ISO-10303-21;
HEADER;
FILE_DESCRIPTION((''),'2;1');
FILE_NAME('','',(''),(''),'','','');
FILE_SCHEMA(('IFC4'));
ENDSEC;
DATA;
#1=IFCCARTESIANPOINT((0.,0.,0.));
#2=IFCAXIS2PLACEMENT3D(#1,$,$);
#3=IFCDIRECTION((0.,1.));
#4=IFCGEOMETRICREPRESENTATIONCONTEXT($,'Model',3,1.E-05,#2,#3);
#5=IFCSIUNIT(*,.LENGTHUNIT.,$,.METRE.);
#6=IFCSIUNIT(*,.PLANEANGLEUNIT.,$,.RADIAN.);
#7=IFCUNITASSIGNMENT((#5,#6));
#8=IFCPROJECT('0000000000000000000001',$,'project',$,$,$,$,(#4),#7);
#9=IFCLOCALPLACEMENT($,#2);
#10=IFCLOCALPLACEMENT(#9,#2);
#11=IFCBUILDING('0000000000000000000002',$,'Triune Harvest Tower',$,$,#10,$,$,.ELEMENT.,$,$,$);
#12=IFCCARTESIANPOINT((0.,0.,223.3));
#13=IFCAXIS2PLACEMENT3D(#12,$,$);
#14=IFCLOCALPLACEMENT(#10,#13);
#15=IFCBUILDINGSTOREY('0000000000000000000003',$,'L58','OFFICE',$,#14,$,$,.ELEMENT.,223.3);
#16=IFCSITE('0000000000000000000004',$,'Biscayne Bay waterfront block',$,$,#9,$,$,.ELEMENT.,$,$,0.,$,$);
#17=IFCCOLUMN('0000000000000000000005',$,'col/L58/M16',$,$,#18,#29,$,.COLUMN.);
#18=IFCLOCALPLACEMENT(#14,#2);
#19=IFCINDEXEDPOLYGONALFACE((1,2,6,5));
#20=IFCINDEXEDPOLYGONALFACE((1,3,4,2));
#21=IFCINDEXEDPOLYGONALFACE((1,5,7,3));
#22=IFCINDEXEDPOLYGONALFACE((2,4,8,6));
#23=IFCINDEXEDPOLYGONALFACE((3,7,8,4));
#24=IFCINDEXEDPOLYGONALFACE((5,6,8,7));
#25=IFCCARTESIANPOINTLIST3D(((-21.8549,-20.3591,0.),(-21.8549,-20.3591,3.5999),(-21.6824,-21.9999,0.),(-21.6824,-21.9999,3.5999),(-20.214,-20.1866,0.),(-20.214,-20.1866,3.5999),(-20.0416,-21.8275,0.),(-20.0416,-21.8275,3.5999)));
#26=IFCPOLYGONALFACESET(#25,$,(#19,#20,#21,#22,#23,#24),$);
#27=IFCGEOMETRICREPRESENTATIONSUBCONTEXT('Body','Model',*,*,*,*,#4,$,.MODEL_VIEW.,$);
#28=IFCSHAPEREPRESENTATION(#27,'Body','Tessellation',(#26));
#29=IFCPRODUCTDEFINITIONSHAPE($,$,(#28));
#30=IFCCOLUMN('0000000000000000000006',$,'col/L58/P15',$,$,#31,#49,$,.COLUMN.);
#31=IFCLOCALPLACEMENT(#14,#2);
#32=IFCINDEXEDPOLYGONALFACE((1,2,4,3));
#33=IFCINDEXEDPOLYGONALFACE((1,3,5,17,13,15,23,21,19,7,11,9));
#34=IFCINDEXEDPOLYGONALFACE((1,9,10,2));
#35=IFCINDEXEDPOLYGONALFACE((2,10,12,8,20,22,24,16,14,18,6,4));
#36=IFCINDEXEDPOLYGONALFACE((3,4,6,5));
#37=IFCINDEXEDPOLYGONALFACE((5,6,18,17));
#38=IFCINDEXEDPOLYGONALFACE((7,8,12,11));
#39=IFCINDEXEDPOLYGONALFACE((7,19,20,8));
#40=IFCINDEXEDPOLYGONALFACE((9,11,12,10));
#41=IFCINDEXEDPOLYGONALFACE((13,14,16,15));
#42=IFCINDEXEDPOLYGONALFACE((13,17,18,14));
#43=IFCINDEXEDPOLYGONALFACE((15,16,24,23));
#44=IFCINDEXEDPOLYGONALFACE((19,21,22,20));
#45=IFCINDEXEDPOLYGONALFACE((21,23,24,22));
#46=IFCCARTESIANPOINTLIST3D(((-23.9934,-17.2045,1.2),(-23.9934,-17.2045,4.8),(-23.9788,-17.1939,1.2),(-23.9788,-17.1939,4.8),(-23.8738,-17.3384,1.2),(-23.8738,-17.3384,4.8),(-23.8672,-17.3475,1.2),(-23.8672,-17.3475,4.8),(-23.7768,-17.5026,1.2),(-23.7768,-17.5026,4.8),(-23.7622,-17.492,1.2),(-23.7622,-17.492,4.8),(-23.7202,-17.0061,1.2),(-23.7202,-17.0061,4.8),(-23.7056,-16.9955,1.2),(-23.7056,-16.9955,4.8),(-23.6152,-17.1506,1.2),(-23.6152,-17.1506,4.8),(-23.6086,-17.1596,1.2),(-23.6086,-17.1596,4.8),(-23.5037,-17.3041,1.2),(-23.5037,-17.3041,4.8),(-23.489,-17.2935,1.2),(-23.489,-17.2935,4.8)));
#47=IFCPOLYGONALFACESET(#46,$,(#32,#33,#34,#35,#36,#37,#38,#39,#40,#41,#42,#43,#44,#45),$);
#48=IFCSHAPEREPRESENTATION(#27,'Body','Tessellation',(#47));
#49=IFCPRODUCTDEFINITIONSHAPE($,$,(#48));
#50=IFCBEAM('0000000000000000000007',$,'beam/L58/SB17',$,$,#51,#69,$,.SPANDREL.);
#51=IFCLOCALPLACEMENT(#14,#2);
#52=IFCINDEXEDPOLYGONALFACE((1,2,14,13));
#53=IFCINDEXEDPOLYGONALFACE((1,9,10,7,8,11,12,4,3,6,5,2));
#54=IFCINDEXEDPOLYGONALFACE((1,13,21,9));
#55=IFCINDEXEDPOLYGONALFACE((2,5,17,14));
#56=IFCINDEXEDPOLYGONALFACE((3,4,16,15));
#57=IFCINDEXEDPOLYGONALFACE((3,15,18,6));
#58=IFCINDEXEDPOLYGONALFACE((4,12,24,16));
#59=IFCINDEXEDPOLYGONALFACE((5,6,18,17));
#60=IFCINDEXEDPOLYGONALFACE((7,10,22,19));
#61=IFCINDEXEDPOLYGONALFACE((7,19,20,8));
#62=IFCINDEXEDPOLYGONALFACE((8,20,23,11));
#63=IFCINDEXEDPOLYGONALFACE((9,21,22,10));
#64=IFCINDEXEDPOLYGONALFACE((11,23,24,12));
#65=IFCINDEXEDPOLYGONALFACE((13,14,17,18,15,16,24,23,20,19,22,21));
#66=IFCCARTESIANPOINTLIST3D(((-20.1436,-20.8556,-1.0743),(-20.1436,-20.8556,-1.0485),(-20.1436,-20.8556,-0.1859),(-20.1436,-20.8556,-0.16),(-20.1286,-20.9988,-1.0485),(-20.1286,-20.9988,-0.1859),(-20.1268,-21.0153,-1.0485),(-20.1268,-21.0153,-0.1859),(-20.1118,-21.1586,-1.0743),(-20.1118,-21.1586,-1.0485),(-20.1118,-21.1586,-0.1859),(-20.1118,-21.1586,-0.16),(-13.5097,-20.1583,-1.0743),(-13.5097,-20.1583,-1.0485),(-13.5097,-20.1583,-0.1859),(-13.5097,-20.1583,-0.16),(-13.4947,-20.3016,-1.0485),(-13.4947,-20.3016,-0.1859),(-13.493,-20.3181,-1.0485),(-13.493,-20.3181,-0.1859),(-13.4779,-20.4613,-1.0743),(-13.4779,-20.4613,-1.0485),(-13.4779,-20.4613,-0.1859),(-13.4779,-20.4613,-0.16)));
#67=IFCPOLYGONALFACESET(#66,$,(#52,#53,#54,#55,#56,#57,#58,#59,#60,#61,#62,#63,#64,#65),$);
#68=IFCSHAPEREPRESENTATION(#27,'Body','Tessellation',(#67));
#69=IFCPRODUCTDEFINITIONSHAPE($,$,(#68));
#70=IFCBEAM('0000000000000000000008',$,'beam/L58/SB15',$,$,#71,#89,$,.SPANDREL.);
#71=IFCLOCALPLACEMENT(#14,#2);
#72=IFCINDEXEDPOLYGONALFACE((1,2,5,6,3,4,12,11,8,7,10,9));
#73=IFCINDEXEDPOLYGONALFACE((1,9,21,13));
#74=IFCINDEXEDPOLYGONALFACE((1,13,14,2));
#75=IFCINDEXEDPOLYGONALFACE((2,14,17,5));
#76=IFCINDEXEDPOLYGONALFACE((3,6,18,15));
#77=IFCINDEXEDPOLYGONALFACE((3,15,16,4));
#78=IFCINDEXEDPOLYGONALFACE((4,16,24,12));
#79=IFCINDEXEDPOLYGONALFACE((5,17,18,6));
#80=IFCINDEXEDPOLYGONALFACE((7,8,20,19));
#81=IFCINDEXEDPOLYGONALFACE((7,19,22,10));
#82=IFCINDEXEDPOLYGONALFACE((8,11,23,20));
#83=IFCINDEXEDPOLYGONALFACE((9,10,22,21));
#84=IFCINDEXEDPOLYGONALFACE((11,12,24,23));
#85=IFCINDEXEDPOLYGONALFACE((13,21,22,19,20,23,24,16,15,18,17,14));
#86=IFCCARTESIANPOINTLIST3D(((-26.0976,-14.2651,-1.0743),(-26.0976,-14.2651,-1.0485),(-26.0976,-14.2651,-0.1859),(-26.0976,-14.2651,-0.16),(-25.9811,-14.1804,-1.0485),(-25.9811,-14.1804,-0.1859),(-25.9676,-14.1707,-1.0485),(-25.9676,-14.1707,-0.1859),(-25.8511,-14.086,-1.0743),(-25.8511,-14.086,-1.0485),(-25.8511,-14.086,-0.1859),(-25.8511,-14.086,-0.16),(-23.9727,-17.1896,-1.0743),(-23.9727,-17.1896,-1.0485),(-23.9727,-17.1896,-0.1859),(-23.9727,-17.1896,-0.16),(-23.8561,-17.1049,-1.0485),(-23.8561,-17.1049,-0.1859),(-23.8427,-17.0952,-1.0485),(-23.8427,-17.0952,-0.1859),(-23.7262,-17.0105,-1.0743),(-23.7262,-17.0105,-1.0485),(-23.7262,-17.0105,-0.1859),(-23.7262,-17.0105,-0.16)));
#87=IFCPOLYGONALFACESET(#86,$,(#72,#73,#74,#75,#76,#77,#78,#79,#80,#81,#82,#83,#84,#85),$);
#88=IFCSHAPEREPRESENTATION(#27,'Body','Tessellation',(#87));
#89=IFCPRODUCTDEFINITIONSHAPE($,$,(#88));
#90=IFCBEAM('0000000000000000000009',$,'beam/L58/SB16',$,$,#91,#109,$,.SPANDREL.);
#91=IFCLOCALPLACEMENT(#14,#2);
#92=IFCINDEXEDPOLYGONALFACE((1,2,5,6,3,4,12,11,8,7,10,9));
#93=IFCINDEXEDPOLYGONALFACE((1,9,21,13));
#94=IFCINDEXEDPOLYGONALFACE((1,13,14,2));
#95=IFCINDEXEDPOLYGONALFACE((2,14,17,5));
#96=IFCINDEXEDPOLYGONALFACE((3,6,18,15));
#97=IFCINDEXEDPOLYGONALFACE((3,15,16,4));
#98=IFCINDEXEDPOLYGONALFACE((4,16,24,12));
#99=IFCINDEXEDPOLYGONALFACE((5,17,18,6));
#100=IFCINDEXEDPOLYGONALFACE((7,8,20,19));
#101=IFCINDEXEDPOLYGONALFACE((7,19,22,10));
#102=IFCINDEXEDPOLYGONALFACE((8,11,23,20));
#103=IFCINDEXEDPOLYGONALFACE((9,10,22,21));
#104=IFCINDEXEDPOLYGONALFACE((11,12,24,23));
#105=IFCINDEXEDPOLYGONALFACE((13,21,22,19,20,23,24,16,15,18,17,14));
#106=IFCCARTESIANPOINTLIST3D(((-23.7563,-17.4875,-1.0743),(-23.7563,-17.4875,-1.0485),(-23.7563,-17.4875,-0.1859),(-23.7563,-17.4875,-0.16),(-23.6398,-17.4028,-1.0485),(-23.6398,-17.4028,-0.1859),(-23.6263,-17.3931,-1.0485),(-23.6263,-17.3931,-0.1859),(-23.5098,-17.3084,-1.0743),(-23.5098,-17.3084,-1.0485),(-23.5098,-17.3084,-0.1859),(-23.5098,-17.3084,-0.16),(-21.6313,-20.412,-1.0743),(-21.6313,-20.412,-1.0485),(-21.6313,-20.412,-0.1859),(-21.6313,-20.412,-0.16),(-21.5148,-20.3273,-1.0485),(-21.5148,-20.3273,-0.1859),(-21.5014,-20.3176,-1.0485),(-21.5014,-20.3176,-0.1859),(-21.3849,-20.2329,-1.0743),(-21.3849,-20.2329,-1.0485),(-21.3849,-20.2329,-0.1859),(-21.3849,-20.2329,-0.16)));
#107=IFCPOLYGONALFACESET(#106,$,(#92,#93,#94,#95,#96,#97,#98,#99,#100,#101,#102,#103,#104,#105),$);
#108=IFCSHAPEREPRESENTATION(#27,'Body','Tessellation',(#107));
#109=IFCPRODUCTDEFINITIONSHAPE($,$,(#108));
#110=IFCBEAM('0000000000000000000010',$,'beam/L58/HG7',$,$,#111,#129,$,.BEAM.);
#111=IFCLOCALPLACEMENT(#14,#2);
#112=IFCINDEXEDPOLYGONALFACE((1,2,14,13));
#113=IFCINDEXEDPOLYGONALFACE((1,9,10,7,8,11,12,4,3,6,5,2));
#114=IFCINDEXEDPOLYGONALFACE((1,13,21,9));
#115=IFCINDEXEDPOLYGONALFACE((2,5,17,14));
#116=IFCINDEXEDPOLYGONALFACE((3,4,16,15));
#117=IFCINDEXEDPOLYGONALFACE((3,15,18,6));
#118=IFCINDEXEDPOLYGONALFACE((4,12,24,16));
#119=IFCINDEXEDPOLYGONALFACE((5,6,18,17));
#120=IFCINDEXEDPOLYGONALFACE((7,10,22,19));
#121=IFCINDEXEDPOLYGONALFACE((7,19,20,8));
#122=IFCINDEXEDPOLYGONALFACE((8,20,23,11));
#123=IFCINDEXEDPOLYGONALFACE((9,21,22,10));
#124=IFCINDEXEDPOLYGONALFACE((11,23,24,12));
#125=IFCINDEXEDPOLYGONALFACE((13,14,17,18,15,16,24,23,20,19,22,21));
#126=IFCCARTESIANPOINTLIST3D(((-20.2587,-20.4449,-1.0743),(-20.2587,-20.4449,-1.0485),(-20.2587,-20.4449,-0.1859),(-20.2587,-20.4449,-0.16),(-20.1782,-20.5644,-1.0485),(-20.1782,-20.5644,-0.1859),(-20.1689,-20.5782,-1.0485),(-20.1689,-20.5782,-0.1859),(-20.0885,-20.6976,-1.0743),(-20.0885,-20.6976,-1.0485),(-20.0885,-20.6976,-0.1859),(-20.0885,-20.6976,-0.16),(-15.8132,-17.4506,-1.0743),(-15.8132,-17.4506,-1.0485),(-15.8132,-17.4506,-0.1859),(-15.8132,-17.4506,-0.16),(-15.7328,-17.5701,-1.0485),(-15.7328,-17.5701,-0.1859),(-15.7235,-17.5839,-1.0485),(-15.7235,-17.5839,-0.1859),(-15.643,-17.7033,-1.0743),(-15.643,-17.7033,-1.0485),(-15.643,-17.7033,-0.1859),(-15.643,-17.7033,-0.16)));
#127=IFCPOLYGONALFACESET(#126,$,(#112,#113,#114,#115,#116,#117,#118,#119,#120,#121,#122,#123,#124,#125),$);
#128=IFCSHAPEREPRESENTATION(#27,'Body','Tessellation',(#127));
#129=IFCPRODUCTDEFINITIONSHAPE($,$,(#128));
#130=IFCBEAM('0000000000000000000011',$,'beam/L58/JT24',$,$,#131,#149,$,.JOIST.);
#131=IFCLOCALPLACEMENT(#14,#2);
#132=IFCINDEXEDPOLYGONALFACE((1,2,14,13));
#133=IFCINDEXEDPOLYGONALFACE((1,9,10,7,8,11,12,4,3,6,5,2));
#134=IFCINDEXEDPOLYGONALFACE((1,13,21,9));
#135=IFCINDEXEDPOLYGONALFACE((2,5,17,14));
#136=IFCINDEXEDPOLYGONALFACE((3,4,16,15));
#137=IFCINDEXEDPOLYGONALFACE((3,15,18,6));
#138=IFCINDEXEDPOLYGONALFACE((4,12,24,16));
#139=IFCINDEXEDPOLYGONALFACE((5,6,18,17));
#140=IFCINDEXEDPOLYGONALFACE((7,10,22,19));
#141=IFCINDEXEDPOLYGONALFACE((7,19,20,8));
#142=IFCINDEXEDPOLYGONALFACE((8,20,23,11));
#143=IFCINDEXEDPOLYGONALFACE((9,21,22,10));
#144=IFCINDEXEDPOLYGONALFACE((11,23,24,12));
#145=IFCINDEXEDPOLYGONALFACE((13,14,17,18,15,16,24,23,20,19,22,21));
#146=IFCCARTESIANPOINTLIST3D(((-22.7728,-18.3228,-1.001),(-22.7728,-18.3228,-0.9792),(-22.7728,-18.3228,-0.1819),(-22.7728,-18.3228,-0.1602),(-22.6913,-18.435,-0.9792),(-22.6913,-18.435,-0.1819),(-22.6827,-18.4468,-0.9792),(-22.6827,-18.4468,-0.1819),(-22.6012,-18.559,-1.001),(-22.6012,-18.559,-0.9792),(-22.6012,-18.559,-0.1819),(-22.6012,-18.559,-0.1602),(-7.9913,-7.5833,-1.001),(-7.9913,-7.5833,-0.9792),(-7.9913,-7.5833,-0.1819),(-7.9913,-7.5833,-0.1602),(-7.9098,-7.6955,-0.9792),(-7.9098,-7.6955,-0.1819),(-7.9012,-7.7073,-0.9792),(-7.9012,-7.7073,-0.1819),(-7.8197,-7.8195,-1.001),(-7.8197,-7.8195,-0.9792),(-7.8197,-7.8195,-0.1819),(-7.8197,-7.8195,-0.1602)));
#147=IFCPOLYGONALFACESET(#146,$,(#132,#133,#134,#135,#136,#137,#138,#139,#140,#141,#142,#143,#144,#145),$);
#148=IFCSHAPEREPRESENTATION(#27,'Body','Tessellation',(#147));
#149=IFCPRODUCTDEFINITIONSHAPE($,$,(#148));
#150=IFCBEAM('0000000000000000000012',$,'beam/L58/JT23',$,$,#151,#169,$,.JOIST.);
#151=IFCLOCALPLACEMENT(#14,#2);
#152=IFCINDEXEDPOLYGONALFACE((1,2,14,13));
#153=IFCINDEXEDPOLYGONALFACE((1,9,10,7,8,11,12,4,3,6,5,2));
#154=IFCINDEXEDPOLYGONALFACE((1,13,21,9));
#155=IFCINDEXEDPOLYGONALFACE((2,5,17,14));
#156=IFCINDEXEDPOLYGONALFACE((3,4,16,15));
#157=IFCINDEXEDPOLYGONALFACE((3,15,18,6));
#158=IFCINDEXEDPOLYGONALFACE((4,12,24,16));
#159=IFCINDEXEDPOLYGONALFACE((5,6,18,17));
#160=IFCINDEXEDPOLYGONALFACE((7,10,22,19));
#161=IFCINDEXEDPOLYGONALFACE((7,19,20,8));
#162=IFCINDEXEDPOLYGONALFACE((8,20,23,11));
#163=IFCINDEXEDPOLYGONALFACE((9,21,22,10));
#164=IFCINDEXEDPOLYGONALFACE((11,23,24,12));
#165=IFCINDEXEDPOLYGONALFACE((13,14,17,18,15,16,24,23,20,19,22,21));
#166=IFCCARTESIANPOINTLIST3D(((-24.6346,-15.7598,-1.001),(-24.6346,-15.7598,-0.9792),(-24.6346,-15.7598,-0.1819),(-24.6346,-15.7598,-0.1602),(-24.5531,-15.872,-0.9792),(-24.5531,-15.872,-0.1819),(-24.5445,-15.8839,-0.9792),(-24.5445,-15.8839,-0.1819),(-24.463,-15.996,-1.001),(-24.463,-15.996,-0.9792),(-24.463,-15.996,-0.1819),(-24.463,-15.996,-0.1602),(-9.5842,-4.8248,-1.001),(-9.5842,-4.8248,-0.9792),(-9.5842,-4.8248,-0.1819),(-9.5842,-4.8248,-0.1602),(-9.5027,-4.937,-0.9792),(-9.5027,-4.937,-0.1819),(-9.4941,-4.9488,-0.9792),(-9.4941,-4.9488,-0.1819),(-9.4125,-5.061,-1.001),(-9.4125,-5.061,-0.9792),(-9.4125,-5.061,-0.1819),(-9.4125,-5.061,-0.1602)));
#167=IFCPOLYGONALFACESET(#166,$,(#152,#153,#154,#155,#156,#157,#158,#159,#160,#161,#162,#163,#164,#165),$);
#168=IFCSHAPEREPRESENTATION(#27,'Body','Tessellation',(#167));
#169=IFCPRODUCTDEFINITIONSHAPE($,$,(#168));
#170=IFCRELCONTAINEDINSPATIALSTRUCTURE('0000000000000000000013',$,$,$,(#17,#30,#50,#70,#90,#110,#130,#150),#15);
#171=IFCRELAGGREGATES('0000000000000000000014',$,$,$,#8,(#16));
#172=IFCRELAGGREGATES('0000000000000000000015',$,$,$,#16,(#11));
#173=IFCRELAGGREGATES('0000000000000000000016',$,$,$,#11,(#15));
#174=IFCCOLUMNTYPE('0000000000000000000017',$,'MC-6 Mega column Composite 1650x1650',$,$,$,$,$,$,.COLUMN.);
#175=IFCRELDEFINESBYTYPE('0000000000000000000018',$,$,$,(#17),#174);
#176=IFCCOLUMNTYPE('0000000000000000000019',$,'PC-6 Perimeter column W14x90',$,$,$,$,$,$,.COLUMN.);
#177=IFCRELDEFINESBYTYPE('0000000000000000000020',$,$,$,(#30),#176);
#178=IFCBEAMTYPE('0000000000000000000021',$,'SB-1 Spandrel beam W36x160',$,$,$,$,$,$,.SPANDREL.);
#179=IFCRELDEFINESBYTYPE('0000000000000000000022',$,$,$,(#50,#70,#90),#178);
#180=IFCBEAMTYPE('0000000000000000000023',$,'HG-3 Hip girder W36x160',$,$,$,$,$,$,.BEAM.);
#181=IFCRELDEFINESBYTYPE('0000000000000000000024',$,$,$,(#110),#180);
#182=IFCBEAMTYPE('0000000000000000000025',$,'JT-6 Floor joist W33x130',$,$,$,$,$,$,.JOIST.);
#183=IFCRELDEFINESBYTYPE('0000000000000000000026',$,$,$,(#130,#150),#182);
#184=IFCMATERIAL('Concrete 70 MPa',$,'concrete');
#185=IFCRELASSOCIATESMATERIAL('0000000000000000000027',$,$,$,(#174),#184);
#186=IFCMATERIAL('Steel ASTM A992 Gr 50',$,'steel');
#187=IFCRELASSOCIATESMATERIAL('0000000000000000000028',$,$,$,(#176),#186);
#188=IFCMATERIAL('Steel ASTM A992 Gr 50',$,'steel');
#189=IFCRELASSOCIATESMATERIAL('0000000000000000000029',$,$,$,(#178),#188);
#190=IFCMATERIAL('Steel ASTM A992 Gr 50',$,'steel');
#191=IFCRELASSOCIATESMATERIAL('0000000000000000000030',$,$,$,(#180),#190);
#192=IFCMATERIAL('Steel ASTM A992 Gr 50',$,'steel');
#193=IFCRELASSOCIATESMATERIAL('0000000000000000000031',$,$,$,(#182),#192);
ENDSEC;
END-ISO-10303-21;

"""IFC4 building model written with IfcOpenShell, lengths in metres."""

from ifc_helpers import new_model, si_unit, direction, frame, origin, origin_2d, place, context, subcontext, project, spatial, rectangle, i_section, extrude, source, transform, mapped, material, material_profile, profile_set, type_object, element, save


model = new_model("IFC4")

# Units and contexts
model_context = context("Model", 3, precision=1e-05, world=origin(), true_north=direction((0.0, 1.0)))
body_context = subcontext(model_context, "Body", "Model", "MODEL_VIEW")
ifc_project = project(units=[si_unit("LENGTHUNIT", "METRE"), si_unit("PLANEANGLEUNIT", "RADIAN")], contexts=[model_context])

# Site, building, storey
site_placement = place(None, origin())
site = spatial("IfcSite", under=ifc_project, at=site_placement, Name="Biscayne Bay waterfront block", CompositionType="ELEMENT", RefElevation=0.0)
building_placement = place(site_placement, origin())
building = spatial("IfcBuilding", under=site, at=building_placement, Name="Triune Harvest Tower", CompositionType="ELEMENT")
storey_placement = place(building_placement, frame((0.0, 0.0, 223.3)))
storey = spatial("IfcBuildingStorey", under=building, at=storey_placement, Name="L58", Description="OFFICE", CompositionType="ELEMENT", Elevation=223.3)

# Columns
ifc_material_1 = material(Name="Concrete 70 MPa", Category="concrete")
ifc_material_profile_1 = material_profile(ifc_material_1, rectangle(XDim=1.6499, YDim=1.6499, at=origin_2d()), Name="Composite 1650x1650")
ifc_profile_set_1 = profile_set([ifc_material_profile_1], Name="Concrete 70 MPa")
column_type_1 = type_object("IfcColumnType", Name="MC-6 Mega column Composite 1650x1650", PredefinedType="COLUMN", material=ifc_profile_set_1)
shared_shape_1 = source(origin(), body_context, "Body", "SweptSolid", [
    extrude(rectangle(XDim=1.6499, YDim=1.6499, at=origin_2d()), origin(), (0.0, 0.0, 1.0), 3.5999),
])
column_1_placement = place(storey_placement, frame((-20.9482, -21.0933, 0.0), z_axis=(0.0, 0.0, 1.0), x_axis=(0.994522, 0.10453, 0.0)))
element("IfcColumn", 1, at=column_1_placement, inside=storey, type_object=column_type_1, Name="col/L58/M16", PredefinedType="COLUMN", context=body_context, shape_type="MappedRepresentation", body=[
    mapped(shared_shape_1, transform((0.0, 0.0, 0.0), scale=1.0)),
])
ifc_material_2 = material(Name="Steel ASTM A992 Gr 50", Category="steel")
ifc_material_profile_2 = material_profile(ifc_material_2, i_section(OverallWidth=0.3684, OverallDepth=0.3557, WebThickness=0.0112, FlangeThickness=0.0181, at=origin_2d()), Name="W14x90")
ifc_profile_set_2 = profile_set([ifc_material_profile_2], Name="Steel ASTM A992 Gr 50")
column_type_2 = type_object("IfcColumnType", Name="PC-6 Perimeter column W14x90", PredefinedType="COLUMN", material=ifc_profile_set_2)
shared_shape_2 = source(origin(), body_context, "Body", "SweptSolid", [
    extrude(i_section(OverallWidth=0.3684, OverallDepth=0.3557, WebThickness=0.0112, FlangeThickness=0.0181, at=origin_2d()), origin(), (0.0, 0.0, 1.0), 3.6001),
])
column_2_placement = place(storey_placement, frame((-23.7412, -17.249, 1.2), z_axis=(0.0, 0.0, 1.0), x_axis=(0.587785, -0.809017, 0.0)))
element("IfcColumn", 2, at=column_2_placement, inside=storey, type_object=column_type_2, Name="col/L58/P15", PredefinedType="COLUMN", context=body_context, shape_type="MappedRepresentation", body=[
    mapped(shared_shape_2, transform((0.0, 0.0, 0.0), scale=1.0)),
])

# Beams
ifc_material_3 = material(Name="Steel ASTM A992 Gr 50", Category="steel")
ifc_material_profile_3 = material_profile(ifc_material_3, i_section(OverallWidth=0.3047, OverallDepth=0.9143, WebThickness=0.0166, FlangeThickness=0.0259, at=origin_2d()), Name="W36x160")
ifc_profile_set_3 = profile_set([ifc_material_profile_3], Name="Steel ASTM A992 Gr 50")
beam_type_1 = type_object("IfcBeamType", Name="SB-1 Spandrel beam W36x160", PredefinedType="SPANDREL", material=ifc_profile_set_3)
shared_shape_3 = source(origin(), body_context, "Body", "SweptSolid", [
    extrude(i_section(OverallWidth=0.3047, OverallDepth=0.9143, WebThickness=0.0166, FlangeThickness=0.0259, at=origin_2d()), origin(), (0.0, 0.0, 1.0), 6.6704),
])
beam_1_placement = place(storey_placement, frame((-20.1277, -21.0071, -0.6172), z_axis=(0.994521, 0.104532, 0.0), x_axis=(-0.104532, 0.994521, 0.0)))
element("IfcBeam", 3, at=beam_1_placement, inside=storey, type_object=beam_type_1, Name="beam/L58/SB17", PredefinedType="SPANDREL", context=body_context, shape_type="MappedRepresentation", body=[
    mapped(shared_shape_3, transform((0.0, 0.0, 0.0), scale=1.0)),
])
shared_shape_4 = source(origin(), body_context, "Body", "SweptSolid", [
    extrude(i_section(OverallWidth=0.3047, OverallDepth=0.9143, WebThickness=0.0166, FlangeThickness=0.0259, at=origin_2d()), origin(), (0.0, 0.0, 1.0), 3.615),
])
for number, where, z_axis, x_axis, name in (
    (4, (-25.9744, -14.1755, -0.6172), (0.587818, -0.808993, 0.0), (0.808993, 0.587818, 0.0), "beam/L58/SB15"),
    (5, (-23.6331, -17.3979, -0.6172), (0.587818, -0.808993, 0.0), (0.808993, 0.587818, 0.0), "beam/L58/SB16"),
):
    element("IfcBeam", number, at=place(storey_placement, frame(where, z_axis=z_axis, x_axis=x_axis)), inside=storey, type_object=beam_type_1, Name=name, PredefinedType="SPANDREL", context=body_context, shape_type="MappedRepresentation", body=[
        mapped(shared_shape_4, transform((0.0, 0.0, 0.0), scale=1.0)),
    ])
ifc_material_4 = material(Name="Steel ASTM A992 Gr 50", Category="steel")
ifc_material_profile_4 = material_profile(ifc_material_4, i_section(OverallWidth=0.3047, OverallDepth=0.9143, WebThickness=0.0166, FlangeThickness=0.0259, at=origin_2d()), Name="W36x160")
ifc_profile_set_4 = profile_set([ifc_material_profile_4], Name="Steel ASTM A992 Gr 50")
beam_type_2 = type_object("IfcBeamType", Name="HG-3 Hip girder W36x160", PredefinedType="BEAM", material=ifc_profile_set_4)
shared_shape_5 = source(origin(), body_context, "Body", "SweptSolid", [
    extrude(i_section(OverallWidth=0.3047, OverallDepth=0.9143, WebThickness=0.0166, FlangeThickness=0.0259, at=origin_2d()), origin(), (0.0, 0.0, 1.0), 5.3599),
])
beam_2_placement = place(storey_placement, frame((-20.1736, -20.5713, -0.6172), z_axis=(0.829399, 0.558657, 0.0), x_axis=(-0.558657, 0.829399, 0.0)))
element("IfcBeam", 6, at=beam_2_placement, inside=storey, type_object=beam_type_2, Name="beam/L58/HG7", PredefinedType="BEAM", context=body_context, shape_type="MappedRepresentation", body=[
    mapped(shared_shape_5, transform((0.0, 0.0, 0.0), scale=1.0)),
])
ifc_material_5 = material(Name="Steel ASTM A992 Gr 50", Category="steel")
ifc_material_profile_5 = material_profile(ifc_material_5, i_section(OverallWidth=0.292, OverallDepth=0.8408, WebThickness=0.0146, FlangeThickness=0.0217, at=origin_2d()), Name="W33x130")
ifc_profile_set_5 = profile_set([ifc_material_profile_5], Name="Steel ASTM A992 Gr 50")
beam_type_3 = type_object("IfcBeamType", Name="JT-6 Floor joist W33x130", PredefinedType="JOIST", material=ifc_profile_set_5)
shared_shape_6 = source(origin(), body_context, "Body", "SweptSolid", [
    extrude(i_section(OverallWidth=0.292, OverallDepth=0.8408, WebThickness=0.0146, FlangeThickness=0.0217, at=origin_2d()), origin(), (0.0, 0.0, 1.0), 18.271),
])
beam_3_placement = place(storey_placement, frame((-22.687, -18.4409, -0.5806), z_axis=(0.809014, 0.587789, 0.0), x_axis=(-0.587789, 0.809014, 0.0)))
element("IfcBeam", 7, at=beam_3_placement, inside=storey, type_object=beam_type_3, Name="beam/L58/JT24", PredefinedType="JOIST", context=body_context, shape_type="MappedRepresentation", body=[
    mapped(shared_shape_6, transform((0.0, 0.0, 0.0), scale=1.0)),
])
shared_shape_7 = source(origin(), body_context, "Body", "SweptSolid", [
    extrude(i_section(OverallWidth=0.292, OverallDepth=0.8408, WebThickness=0.0146, FlangeThickness=0.0217, at=origin_2d()), origin(), (0.0, 0.0, 1.0), 18.6035),
])
beam_4_placement = place(storey_placement, frame((-24.5488, -15.8779, -0.5806), z_axis=(0.809012, 0.587792, 0.0), x_axis=(-0.587792, 0.809012, 0.0)))
element("IfcBeam", 8, at=beam_4_placement, inside=storey, type_object=beam_type_3, Name="beam/L58/JT23", PredefinedType="JOIST", context=body_context, shape_type="MappedRepresentation", body=[
    mapped(shared_shape_7, transform((0.0, 0.0, 0.0), scale=1.0)),
])

save(model, "model.ifc")
